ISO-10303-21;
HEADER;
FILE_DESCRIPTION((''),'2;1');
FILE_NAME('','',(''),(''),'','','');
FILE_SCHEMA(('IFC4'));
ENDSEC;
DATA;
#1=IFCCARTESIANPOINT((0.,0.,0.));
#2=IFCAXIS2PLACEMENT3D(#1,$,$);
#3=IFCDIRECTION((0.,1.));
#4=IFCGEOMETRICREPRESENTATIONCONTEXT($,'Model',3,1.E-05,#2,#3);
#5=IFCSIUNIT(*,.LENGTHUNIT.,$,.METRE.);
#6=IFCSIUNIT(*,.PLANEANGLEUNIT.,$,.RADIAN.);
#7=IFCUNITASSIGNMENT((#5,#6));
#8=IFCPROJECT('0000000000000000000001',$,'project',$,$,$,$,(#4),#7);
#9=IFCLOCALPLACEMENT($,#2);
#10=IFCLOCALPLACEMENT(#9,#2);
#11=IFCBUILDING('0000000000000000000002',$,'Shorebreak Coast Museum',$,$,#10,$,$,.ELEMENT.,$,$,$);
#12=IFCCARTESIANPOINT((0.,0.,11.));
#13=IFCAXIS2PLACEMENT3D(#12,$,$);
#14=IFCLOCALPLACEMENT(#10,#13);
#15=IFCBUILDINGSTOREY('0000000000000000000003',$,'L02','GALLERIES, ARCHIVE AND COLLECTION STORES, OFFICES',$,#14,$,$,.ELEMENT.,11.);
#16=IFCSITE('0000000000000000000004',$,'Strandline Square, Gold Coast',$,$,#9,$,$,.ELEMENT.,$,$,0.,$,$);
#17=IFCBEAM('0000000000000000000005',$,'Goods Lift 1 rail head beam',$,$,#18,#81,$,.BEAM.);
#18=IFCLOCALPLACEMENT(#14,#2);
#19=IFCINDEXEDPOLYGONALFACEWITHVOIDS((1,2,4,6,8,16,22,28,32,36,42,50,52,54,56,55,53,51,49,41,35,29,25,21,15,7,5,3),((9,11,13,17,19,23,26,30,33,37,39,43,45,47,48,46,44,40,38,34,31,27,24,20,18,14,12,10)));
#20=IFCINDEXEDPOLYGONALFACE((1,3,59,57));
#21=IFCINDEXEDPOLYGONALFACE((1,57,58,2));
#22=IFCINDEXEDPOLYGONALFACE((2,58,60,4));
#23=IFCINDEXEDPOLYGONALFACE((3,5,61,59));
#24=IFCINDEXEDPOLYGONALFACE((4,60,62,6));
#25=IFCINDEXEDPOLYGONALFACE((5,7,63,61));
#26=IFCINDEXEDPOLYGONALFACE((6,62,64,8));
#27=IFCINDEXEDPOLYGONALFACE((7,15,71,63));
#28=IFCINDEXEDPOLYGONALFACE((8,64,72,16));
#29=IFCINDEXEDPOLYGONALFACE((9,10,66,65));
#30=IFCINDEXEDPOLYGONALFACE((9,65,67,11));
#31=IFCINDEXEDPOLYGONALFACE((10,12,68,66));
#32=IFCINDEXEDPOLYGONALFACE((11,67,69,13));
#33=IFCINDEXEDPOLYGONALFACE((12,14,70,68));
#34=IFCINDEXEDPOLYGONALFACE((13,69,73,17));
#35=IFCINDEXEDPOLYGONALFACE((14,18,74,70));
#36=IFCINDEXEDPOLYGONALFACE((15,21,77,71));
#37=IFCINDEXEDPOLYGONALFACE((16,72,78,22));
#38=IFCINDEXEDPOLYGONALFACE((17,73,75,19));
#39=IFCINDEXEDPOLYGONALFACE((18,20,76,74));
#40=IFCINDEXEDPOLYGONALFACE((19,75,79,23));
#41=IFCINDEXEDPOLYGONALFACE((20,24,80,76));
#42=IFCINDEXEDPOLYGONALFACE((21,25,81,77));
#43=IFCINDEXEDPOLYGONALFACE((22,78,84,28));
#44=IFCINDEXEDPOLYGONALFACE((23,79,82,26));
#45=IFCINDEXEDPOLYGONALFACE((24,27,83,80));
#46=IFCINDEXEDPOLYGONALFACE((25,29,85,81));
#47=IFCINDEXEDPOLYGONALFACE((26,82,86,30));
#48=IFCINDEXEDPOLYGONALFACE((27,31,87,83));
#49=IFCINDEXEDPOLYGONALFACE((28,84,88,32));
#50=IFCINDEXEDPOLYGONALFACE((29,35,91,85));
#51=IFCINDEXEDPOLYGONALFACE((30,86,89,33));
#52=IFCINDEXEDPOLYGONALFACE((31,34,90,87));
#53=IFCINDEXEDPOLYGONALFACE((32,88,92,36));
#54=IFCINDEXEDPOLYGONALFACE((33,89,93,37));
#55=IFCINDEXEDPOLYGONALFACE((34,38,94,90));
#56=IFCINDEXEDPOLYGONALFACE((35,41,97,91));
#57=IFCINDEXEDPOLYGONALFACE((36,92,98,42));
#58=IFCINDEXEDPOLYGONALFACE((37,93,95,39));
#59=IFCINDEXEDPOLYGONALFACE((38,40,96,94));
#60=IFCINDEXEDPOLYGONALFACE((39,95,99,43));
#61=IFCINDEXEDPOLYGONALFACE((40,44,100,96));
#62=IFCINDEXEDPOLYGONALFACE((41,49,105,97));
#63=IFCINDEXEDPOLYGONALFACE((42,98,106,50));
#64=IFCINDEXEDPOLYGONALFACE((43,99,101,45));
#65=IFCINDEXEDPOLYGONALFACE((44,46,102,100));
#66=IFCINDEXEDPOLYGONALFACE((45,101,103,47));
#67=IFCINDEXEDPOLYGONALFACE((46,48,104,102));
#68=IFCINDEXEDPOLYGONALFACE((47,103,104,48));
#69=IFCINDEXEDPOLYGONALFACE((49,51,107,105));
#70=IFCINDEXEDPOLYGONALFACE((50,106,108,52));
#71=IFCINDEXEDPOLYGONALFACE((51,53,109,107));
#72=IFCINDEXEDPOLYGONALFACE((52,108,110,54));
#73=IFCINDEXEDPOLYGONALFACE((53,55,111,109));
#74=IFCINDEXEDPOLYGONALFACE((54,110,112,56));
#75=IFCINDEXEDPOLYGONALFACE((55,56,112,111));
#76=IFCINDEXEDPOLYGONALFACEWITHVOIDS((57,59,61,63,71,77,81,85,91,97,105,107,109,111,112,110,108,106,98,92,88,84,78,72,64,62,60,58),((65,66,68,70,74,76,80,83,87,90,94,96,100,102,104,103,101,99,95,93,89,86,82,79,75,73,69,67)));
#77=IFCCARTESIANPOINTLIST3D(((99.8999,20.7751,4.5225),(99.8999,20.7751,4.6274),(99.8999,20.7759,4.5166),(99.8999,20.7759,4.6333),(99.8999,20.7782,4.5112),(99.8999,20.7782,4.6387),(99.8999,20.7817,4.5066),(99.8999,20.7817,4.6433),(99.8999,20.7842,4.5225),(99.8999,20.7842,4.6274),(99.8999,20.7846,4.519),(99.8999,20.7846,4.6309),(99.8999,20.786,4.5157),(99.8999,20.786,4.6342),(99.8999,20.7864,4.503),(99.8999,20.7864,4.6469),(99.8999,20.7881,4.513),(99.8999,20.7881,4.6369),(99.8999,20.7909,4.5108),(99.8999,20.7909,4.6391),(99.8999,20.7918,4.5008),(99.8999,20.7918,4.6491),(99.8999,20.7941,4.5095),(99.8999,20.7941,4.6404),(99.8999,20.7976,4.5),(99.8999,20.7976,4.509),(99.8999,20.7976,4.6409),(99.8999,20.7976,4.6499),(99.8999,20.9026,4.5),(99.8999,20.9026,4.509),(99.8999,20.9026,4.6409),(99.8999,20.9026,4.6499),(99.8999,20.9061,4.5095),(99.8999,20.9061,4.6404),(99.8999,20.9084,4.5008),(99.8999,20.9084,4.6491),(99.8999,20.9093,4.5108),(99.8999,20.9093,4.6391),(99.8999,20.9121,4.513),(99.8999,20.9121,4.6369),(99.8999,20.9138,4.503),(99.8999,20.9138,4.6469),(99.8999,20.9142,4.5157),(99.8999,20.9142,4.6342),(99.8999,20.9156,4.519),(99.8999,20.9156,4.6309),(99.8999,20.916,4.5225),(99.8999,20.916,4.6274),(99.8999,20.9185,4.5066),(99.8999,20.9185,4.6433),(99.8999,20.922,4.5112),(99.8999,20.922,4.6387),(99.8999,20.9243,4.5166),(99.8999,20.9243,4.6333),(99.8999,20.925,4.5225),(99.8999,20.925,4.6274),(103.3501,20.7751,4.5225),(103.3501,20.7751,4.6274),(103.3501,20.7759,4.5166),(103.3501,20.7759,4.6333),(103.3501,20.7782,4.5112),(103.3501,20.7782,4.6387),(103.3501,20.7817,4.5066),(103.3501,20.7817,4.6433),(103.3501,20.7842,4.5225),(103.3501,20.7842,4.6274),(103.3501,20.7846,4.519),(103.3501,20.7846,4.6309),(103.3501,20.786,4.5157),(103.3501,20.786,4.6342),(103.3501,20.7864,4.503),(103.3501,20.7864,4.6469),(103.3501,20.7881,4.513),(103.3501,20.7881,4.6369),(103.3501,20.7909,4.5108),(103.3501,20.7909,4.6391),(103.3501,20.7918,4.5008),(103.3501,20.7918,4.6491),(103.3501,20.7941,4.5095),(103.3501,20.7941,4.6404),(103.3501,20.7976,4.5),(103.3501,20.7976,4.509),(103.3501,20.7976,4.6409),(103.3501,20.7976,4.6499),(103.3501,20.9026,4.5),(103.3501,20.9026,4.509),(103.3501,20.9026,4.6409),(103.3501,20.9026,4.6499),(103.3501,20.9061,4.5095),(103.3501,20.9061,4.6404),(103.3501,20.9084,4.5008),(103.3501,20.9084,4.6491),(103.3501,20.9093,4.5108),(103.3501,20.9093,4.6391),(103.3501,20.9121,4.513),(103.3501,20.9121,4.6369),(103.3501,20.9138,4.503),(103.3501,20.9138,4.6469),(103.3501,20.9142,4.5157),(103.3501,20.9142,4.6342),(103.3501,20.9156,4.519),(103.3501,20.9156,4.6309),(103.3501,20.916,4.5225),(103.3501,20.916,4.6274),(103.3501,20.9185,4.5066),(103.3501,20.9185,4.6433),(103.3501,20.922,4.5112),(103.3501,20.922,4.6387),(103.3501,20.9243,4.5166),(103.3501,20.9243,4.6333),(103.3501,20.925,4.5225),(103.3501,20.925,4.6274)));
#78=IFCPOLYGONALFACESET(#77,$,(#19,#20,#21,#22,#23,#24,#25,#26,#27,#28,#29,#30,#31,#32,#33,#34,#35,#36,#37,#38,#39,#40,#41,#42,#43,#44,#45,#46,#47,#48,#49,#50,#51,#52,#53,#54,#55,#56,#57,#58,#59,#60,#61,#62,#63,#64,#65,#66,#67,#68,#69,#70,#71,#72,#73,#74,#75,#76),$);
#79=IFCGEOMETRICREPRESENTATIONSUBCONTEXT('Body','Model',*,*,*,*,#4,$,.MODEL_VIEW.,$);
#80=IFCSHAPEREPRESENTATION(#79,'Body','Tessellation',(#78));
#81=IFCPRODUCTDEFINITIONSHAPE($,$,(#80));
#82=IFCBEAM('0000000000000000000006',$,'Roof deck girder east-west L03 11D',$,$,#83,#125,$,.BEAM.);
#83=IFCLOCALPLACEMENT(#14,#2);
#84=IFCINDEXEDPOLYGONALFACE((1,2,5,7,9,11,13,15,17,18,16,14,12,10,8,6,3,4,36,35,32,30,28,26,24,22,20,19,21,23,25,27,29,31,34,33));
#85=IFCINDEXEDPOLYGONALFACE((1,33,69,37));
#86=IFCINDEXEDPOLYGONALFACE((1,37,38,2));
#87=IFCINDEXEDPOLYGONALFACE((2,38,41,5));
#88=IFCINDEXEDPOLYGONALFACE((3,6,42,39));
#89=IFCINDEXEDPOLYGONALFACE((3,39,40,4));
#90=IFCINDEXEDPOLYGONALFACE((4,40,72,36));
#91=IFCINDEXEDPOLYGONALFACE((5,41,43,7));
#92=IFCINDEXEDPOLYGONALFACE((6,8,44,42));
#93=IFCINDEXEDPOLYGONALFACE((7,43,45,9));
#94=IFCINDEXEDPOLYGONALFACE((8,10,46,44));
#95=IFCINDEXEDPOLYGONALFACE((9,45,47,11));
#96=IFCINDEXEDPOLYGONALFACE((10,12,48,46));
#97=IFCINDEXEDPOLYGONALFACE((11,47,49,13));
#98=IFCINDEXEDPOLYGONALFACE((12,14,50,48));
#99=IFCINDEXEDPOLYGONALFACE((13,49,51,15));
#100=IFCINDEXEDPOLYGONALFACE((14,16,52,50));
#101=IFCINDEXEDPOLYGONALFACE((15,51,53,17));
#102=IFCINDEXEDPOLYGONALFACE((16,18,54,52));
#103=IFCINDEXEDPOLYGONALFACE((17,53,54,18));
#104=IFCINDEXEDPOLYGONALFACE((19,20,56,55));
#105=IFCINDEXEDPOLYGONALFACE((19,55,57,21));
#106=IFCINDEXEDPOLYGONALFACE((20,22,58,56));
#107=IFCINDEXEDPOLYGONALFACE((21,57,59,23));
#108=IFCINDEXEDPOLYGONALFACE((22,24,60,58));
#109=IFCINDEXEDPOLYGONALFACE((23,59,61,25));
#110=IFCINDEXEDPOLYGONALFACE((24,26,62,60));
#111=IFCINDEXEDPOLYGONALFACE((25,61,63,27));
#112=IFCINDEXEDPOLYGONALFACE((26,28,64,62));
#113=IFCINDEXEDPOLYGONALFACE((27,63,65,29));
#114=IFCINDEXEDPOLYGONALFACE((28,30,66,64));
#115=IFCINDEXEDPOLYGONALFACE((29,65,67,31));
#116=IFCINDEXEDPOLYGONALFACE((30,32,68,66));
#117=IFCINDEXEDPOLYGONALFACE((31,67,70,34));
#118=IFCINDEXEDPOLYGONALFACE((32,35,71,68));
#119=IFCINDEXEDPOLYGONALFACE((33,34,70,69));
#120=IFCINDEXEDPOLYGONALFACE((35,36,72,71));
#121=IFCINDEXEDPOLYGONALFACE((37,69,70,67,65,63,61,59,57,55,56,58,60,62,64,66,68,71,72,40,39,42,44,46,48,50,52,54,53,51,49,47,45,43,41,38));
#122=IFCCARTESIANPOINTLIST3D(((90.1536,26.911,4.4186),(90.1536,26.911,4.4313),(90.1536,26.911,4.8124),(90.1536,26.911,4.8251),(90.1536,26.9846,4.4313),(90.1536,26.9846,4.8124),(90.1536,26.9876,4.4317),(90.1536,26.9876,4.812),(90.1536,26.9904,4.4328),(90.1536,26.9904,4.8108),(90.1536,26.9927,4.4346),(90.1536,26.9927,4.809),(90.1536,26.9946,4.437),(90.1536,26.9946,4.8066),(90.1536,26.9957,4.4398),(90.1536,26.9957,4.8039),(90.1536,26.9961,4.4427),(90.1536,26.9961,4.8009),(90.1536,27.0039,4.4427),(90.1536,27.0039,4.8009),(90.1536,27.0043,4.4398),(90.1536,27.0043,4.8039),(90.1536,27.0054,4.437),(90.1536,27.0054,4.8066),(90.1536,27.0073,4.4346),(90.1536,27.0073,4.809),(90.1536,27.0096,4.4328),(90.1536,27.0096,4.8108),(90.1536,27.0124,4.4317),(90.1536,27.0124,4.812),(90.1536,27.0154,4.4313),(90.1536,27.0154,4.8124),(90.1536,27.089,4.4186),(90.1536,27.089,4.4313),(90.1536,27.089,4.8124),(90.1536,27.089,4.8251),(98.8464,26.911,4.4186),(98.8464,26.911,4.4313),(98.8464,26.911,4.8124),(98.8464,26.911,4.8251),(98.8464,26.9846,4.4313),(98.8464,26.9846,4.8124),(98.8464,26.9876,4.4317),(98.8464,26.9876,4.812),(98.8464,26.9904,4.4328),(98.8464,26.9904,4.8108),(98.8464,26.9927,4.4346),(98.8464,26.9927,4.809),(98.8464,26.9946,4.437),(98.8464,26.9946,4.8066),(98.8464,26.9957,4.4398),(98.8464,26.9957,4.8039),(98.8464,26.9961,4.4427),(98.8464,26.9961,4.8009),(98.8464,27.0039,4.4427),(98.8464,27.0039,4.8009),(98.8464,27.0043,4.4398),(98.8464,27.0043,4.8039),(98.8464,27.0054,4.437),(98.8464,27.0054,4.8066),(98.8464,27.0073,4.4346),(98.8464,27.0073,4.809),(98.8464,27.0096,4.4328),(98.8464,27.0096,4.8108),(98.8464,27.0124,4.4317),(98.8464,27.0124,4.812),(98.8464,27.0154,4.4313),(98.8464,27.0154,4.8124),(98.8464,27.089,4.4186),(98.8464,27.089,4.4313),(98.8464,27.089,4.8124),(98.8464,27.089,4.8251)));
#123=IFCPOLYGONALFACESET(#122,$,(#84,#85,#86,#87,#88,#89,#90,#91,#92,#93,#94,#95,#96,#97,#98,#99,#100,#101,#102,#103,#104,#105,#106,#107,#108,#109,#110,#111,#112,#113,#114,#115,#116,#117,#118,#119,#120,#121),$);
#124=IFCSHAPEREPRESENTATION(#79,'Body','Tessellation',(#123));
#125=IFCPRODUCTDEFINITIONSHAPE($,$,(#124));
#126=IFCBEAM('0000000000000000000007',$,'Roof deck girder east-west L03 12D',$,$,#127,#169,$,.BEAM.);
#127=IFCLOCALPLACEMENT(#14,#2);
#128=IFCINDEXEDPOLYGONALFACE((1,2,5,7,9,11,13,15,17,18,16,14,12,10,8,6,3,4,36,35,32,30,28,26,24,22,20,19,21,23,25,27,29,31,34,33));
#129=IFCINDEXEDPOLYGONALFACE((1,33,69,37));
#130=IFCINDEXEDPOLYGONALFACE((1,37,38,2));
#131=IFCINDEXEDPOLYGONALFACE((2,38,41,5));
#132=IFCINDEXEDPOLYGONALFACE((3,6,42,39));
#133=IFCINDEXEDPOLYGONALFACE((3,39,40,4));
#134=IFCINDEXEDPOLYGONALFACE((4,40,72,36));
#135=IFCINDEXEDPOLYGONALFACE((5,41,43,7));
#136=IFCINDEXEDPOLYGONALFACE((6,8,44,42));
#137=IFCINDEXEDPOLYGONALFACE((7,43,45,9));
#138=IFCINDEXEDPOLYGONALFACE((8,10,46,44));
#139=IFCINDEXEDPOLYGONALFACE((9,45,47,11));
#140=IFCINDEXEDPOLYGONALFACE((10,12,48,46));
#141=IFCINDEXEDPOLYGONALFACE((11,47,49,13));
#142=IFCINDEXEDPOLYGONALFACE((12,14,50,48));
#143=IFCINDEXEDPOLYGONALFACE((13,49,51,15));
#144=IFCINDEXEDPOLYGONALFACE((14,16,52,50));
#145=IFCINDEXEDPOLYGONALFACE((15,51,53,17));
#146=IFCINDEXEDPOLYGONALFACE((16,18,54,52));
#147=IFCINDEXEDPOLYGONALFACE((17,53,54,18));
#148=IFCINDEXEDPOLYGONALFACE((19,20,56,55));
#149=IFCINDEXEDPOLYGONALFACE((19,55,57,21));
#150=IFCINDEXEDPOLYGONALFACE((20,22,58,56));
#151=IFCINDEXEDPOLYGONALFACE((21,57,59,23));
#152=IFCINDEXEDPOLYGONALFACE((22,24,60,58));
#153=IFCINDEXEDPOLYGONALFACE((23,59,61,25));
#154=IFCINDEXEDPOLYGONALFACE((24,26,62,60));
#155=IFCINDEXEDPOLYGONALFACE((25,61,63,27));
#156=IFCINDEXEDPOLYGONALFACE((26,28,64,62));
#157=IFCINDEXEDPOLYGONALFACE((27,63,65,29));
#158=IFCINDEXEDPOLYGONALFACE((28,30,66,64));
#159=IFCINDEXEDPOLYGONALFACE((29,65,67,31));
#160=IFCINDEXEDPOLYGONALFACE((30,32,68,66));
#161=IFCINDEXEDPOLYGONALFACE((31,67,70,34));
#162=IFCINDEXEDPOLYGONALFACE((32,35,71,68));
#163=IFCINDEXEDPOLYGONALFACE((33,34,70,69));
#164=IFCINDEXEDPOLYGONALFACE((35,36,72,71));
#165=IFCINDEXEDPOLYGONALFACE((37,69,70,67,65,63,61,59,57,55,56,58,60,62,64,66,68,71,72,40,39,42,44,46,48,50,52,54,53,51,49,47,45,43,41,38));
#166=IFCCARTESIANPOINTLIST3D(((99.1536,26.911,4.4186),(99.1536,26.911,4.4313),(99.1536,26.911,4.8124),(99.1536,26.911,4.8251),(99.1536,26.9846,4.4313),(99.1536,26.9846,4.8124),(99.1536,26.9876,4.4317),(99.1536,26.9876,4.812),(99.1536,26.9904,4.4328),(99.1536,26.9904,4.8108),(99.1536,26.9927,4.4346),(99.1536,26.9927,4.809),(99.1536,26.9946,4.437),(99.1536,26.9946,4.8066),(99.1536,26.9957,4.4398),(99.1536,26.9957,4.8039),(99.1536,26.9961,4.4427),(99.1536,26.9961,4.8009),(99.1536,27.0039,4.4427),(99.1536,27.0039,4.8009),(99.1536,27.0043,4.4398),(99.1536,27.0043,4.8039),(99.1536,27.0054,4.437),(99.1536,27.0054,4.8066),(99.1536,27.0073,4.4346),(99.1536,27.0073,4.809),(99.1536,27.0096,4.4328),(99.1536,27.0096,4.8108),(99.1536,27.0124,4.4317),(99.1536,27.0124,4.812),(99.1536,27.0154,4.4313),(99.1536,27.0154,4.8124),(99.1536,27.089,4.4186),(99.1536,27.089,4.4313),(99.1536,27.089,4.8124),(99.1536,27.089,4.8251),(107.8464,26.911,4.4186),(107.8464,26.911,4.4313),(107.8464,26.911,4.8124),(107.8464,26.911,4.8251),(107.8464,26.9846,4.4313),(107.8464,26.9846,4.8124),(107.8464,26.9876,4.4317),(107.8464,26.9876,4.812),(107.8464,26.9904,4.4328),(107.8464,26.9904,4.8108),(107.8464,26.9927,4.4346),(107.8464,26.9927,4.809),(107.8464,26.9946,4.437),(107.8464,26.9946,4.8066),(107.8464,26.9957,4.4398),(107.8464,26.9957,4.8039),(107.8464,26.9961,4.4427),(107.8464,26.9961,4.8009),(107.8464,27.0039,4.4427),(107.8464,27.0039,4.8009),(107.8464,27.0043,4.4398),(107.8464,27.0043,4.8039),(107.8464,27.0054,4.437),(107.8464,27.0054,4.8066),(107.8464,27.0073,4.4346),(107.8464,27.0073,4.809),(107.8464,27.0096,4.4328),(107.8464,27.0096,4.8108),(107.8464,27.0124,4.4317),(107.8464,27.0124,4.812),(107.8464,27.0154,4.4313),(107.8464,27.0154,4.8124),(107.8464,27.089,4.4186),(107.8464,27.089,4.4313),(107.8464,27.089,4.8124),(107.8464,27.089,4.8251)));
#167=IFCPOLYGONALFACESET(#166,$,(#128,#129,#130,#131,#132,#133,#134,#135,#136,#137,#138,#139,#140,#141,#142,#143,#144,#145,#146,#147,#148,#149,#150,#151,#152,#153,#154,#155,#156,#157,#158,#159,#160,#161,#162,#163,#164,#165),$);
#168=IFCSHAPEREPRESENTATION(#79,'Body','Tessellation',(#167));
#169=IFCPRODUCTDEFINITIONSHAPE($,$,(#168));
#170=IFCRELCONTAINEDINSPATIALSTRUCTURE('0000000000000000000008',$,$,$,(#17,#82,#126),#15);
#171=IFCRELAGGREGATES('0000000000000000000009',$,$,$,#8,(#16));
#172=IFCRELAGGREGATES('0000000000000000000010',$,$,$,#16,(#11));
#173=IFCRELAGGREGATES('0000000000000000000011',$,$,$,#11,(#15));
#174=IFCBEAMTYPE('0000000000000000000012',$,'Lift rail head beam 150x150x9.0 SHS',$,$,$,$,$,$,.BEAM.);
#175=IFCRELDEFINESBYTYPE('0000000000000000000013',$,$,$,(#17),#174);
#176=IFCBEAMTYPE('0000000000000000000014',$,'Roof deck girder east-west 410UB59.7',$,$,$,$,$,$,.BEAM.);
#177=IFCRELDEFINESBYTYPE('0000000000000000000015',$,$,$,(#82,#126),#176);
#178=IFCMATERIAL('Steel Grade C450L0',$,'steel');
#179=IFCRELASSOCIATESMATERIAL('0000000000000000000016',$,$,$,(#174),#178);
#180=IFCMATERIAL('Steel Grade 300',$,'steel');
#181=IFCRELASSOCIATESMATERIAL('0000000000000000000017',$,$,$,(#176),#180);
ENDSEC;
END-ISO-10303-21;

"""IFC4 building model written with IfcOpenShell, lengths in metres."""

from ifc_helpers import new_model, si_unit, direction, frame, origin, origin_2d, place, context, subcontext, project, spatial, hollow_rectangle, i_section, extrude, material, material_profile, profile_set, type_object, element, save


model = new_model("IFC4")

# Units and contexts
model_context = context("Model", 3, precision=1e-05, world=origin(), true_north=direction((0.0, 1.0)))
body_context = subcontext(model_context, "Body", "Model", "MODEL_VIEW")
ifc_project = project(units=[si_unit("LENGTHUNIT", "METRE"), si_unit("PLANEANGLEUNIT", "RADIAN")], contexts=[model_context])

# Site, building, storey
site_placement = place(None, origin())
site = spatial("IfcSite", under=ifc_project, at=site_placement, Name="Strandline Square, Gold Coast", CompositionType="ELEMENT", RefElevation=0.0)
building_placement = place(site_placement, origin())
building = spatial("IfcBuilding", under=site, at=building_placement, Name="Shorebreak Coast Museum", CompositionType="ELEMENT")
storey_placement = place(building_placement, frame((0.0, 0.0, 11.0)))
storey = spatial("IfcBuildingStorey", under=building, at=storey_placement, Name="L02", Description="GALLERIES, ARCHIVE AND COLLECTION STORES, OFFICES", CompositionType="ELEMENT", Elevation=11.0)

# Beams
ifc_material_1 = material(Name="Steel Grade C450L0", Category="steel")
ifc_material_profile_1 = material_profile(ifc_material_1, hollow_rectangle(XDim=0.1499, YDim=0.1499, WallThickness=0.009, InnerFilletRadius=0.0134, OuterFilletRadius=0.0225, at=origin_2d()), Name="150x150x9.0 SHS")
ifc_profile_set_1 = profile_set([ifc_material_profile_1], Name="Steel Grade C450L0")
beam_type_1 = type_object("IfcBeamType", Name="Lift rail head beam 150x150x9.0 SHS", PredefinedType="BEAM", material=ifc_profile_set_1)
beam_1_placement = place(storey_placement, frame((99.8999, 20.8501, 4.575), z_axis=(1.0, 0.0, 0.0), x_axis=(0.0, 1.0, 0.0)))
element("IfcBeam", 1, at=beam_1_placement, inside=storey, type_object=beam_type_1, Name="Goods Lift 1 rail head beam", PredefinedType="BEAM", context=body_context, shape_type="SweptSolid", body=[
    extrude(hollow_rectangle(XDim=0.1499, YDim=0.1499, WallThickness=0.009, InnerFilletRadius=0.0134, OuterFilletRadius=0.0225, at=origin_2d()), origin(), (0.0, 0.0, 1.0), 3.4502),
])
ifc_material_2 = material(Name="Steel Grade 300", Category="steel")
ifc_material_profile_2 = material_profile(ifc_material_2, i_section(OverallWidth=0.178, OverallDepth=0.4065, WebThickness=0.0078, FlangeThickness=0.0127, FilletRadius=0.0115, at=origin_2d()), Name="410UB59.7")
ifc_profile_set_2 = profile_set([ifc_material_profile_2], Name="Steel Grade 300")
beam_type_2 = type_object("IfcBeamType", Name="Roof deck girder east-west 410UB59.7", PredefinedType="BEAM", material=ifc_profile_set_2)
for number, where, z_axis, x_axis, name in (
    (2, (90.1536, 27.0, 4.6218), (1.0, 0.0, 0.0), (0.0, 1.0, 0.0), "Roof deck girder east-west L03 11D"),
    (3, (99.1536, 27.0, 4.6218), (1.0, 0.0, 0.0), (0.0, 1.0, 0.0), "Roof deck girder east-west L03 12D"),
):
    element("IfcBeam", number, at=place(storey_placement, frame(where, z_axis=z_axis, x_axis=x_axis)), inside=storey, type_object=beam_type_2, Name=name, PredefinedType="BEAM", context=body_context, shape_type="SweptSolid", body=[
        extrude(i_section(OverallWidth=0.178, OverallDepth=0.4065, WebThickness=0.0078, FlangeThickness=0.0127, FilletRadius=0.0115, at=origin_2d()), origin(), (0.0, 0.0, 1.0), 8.6929),
    ])

save(model, "model.ifc")
